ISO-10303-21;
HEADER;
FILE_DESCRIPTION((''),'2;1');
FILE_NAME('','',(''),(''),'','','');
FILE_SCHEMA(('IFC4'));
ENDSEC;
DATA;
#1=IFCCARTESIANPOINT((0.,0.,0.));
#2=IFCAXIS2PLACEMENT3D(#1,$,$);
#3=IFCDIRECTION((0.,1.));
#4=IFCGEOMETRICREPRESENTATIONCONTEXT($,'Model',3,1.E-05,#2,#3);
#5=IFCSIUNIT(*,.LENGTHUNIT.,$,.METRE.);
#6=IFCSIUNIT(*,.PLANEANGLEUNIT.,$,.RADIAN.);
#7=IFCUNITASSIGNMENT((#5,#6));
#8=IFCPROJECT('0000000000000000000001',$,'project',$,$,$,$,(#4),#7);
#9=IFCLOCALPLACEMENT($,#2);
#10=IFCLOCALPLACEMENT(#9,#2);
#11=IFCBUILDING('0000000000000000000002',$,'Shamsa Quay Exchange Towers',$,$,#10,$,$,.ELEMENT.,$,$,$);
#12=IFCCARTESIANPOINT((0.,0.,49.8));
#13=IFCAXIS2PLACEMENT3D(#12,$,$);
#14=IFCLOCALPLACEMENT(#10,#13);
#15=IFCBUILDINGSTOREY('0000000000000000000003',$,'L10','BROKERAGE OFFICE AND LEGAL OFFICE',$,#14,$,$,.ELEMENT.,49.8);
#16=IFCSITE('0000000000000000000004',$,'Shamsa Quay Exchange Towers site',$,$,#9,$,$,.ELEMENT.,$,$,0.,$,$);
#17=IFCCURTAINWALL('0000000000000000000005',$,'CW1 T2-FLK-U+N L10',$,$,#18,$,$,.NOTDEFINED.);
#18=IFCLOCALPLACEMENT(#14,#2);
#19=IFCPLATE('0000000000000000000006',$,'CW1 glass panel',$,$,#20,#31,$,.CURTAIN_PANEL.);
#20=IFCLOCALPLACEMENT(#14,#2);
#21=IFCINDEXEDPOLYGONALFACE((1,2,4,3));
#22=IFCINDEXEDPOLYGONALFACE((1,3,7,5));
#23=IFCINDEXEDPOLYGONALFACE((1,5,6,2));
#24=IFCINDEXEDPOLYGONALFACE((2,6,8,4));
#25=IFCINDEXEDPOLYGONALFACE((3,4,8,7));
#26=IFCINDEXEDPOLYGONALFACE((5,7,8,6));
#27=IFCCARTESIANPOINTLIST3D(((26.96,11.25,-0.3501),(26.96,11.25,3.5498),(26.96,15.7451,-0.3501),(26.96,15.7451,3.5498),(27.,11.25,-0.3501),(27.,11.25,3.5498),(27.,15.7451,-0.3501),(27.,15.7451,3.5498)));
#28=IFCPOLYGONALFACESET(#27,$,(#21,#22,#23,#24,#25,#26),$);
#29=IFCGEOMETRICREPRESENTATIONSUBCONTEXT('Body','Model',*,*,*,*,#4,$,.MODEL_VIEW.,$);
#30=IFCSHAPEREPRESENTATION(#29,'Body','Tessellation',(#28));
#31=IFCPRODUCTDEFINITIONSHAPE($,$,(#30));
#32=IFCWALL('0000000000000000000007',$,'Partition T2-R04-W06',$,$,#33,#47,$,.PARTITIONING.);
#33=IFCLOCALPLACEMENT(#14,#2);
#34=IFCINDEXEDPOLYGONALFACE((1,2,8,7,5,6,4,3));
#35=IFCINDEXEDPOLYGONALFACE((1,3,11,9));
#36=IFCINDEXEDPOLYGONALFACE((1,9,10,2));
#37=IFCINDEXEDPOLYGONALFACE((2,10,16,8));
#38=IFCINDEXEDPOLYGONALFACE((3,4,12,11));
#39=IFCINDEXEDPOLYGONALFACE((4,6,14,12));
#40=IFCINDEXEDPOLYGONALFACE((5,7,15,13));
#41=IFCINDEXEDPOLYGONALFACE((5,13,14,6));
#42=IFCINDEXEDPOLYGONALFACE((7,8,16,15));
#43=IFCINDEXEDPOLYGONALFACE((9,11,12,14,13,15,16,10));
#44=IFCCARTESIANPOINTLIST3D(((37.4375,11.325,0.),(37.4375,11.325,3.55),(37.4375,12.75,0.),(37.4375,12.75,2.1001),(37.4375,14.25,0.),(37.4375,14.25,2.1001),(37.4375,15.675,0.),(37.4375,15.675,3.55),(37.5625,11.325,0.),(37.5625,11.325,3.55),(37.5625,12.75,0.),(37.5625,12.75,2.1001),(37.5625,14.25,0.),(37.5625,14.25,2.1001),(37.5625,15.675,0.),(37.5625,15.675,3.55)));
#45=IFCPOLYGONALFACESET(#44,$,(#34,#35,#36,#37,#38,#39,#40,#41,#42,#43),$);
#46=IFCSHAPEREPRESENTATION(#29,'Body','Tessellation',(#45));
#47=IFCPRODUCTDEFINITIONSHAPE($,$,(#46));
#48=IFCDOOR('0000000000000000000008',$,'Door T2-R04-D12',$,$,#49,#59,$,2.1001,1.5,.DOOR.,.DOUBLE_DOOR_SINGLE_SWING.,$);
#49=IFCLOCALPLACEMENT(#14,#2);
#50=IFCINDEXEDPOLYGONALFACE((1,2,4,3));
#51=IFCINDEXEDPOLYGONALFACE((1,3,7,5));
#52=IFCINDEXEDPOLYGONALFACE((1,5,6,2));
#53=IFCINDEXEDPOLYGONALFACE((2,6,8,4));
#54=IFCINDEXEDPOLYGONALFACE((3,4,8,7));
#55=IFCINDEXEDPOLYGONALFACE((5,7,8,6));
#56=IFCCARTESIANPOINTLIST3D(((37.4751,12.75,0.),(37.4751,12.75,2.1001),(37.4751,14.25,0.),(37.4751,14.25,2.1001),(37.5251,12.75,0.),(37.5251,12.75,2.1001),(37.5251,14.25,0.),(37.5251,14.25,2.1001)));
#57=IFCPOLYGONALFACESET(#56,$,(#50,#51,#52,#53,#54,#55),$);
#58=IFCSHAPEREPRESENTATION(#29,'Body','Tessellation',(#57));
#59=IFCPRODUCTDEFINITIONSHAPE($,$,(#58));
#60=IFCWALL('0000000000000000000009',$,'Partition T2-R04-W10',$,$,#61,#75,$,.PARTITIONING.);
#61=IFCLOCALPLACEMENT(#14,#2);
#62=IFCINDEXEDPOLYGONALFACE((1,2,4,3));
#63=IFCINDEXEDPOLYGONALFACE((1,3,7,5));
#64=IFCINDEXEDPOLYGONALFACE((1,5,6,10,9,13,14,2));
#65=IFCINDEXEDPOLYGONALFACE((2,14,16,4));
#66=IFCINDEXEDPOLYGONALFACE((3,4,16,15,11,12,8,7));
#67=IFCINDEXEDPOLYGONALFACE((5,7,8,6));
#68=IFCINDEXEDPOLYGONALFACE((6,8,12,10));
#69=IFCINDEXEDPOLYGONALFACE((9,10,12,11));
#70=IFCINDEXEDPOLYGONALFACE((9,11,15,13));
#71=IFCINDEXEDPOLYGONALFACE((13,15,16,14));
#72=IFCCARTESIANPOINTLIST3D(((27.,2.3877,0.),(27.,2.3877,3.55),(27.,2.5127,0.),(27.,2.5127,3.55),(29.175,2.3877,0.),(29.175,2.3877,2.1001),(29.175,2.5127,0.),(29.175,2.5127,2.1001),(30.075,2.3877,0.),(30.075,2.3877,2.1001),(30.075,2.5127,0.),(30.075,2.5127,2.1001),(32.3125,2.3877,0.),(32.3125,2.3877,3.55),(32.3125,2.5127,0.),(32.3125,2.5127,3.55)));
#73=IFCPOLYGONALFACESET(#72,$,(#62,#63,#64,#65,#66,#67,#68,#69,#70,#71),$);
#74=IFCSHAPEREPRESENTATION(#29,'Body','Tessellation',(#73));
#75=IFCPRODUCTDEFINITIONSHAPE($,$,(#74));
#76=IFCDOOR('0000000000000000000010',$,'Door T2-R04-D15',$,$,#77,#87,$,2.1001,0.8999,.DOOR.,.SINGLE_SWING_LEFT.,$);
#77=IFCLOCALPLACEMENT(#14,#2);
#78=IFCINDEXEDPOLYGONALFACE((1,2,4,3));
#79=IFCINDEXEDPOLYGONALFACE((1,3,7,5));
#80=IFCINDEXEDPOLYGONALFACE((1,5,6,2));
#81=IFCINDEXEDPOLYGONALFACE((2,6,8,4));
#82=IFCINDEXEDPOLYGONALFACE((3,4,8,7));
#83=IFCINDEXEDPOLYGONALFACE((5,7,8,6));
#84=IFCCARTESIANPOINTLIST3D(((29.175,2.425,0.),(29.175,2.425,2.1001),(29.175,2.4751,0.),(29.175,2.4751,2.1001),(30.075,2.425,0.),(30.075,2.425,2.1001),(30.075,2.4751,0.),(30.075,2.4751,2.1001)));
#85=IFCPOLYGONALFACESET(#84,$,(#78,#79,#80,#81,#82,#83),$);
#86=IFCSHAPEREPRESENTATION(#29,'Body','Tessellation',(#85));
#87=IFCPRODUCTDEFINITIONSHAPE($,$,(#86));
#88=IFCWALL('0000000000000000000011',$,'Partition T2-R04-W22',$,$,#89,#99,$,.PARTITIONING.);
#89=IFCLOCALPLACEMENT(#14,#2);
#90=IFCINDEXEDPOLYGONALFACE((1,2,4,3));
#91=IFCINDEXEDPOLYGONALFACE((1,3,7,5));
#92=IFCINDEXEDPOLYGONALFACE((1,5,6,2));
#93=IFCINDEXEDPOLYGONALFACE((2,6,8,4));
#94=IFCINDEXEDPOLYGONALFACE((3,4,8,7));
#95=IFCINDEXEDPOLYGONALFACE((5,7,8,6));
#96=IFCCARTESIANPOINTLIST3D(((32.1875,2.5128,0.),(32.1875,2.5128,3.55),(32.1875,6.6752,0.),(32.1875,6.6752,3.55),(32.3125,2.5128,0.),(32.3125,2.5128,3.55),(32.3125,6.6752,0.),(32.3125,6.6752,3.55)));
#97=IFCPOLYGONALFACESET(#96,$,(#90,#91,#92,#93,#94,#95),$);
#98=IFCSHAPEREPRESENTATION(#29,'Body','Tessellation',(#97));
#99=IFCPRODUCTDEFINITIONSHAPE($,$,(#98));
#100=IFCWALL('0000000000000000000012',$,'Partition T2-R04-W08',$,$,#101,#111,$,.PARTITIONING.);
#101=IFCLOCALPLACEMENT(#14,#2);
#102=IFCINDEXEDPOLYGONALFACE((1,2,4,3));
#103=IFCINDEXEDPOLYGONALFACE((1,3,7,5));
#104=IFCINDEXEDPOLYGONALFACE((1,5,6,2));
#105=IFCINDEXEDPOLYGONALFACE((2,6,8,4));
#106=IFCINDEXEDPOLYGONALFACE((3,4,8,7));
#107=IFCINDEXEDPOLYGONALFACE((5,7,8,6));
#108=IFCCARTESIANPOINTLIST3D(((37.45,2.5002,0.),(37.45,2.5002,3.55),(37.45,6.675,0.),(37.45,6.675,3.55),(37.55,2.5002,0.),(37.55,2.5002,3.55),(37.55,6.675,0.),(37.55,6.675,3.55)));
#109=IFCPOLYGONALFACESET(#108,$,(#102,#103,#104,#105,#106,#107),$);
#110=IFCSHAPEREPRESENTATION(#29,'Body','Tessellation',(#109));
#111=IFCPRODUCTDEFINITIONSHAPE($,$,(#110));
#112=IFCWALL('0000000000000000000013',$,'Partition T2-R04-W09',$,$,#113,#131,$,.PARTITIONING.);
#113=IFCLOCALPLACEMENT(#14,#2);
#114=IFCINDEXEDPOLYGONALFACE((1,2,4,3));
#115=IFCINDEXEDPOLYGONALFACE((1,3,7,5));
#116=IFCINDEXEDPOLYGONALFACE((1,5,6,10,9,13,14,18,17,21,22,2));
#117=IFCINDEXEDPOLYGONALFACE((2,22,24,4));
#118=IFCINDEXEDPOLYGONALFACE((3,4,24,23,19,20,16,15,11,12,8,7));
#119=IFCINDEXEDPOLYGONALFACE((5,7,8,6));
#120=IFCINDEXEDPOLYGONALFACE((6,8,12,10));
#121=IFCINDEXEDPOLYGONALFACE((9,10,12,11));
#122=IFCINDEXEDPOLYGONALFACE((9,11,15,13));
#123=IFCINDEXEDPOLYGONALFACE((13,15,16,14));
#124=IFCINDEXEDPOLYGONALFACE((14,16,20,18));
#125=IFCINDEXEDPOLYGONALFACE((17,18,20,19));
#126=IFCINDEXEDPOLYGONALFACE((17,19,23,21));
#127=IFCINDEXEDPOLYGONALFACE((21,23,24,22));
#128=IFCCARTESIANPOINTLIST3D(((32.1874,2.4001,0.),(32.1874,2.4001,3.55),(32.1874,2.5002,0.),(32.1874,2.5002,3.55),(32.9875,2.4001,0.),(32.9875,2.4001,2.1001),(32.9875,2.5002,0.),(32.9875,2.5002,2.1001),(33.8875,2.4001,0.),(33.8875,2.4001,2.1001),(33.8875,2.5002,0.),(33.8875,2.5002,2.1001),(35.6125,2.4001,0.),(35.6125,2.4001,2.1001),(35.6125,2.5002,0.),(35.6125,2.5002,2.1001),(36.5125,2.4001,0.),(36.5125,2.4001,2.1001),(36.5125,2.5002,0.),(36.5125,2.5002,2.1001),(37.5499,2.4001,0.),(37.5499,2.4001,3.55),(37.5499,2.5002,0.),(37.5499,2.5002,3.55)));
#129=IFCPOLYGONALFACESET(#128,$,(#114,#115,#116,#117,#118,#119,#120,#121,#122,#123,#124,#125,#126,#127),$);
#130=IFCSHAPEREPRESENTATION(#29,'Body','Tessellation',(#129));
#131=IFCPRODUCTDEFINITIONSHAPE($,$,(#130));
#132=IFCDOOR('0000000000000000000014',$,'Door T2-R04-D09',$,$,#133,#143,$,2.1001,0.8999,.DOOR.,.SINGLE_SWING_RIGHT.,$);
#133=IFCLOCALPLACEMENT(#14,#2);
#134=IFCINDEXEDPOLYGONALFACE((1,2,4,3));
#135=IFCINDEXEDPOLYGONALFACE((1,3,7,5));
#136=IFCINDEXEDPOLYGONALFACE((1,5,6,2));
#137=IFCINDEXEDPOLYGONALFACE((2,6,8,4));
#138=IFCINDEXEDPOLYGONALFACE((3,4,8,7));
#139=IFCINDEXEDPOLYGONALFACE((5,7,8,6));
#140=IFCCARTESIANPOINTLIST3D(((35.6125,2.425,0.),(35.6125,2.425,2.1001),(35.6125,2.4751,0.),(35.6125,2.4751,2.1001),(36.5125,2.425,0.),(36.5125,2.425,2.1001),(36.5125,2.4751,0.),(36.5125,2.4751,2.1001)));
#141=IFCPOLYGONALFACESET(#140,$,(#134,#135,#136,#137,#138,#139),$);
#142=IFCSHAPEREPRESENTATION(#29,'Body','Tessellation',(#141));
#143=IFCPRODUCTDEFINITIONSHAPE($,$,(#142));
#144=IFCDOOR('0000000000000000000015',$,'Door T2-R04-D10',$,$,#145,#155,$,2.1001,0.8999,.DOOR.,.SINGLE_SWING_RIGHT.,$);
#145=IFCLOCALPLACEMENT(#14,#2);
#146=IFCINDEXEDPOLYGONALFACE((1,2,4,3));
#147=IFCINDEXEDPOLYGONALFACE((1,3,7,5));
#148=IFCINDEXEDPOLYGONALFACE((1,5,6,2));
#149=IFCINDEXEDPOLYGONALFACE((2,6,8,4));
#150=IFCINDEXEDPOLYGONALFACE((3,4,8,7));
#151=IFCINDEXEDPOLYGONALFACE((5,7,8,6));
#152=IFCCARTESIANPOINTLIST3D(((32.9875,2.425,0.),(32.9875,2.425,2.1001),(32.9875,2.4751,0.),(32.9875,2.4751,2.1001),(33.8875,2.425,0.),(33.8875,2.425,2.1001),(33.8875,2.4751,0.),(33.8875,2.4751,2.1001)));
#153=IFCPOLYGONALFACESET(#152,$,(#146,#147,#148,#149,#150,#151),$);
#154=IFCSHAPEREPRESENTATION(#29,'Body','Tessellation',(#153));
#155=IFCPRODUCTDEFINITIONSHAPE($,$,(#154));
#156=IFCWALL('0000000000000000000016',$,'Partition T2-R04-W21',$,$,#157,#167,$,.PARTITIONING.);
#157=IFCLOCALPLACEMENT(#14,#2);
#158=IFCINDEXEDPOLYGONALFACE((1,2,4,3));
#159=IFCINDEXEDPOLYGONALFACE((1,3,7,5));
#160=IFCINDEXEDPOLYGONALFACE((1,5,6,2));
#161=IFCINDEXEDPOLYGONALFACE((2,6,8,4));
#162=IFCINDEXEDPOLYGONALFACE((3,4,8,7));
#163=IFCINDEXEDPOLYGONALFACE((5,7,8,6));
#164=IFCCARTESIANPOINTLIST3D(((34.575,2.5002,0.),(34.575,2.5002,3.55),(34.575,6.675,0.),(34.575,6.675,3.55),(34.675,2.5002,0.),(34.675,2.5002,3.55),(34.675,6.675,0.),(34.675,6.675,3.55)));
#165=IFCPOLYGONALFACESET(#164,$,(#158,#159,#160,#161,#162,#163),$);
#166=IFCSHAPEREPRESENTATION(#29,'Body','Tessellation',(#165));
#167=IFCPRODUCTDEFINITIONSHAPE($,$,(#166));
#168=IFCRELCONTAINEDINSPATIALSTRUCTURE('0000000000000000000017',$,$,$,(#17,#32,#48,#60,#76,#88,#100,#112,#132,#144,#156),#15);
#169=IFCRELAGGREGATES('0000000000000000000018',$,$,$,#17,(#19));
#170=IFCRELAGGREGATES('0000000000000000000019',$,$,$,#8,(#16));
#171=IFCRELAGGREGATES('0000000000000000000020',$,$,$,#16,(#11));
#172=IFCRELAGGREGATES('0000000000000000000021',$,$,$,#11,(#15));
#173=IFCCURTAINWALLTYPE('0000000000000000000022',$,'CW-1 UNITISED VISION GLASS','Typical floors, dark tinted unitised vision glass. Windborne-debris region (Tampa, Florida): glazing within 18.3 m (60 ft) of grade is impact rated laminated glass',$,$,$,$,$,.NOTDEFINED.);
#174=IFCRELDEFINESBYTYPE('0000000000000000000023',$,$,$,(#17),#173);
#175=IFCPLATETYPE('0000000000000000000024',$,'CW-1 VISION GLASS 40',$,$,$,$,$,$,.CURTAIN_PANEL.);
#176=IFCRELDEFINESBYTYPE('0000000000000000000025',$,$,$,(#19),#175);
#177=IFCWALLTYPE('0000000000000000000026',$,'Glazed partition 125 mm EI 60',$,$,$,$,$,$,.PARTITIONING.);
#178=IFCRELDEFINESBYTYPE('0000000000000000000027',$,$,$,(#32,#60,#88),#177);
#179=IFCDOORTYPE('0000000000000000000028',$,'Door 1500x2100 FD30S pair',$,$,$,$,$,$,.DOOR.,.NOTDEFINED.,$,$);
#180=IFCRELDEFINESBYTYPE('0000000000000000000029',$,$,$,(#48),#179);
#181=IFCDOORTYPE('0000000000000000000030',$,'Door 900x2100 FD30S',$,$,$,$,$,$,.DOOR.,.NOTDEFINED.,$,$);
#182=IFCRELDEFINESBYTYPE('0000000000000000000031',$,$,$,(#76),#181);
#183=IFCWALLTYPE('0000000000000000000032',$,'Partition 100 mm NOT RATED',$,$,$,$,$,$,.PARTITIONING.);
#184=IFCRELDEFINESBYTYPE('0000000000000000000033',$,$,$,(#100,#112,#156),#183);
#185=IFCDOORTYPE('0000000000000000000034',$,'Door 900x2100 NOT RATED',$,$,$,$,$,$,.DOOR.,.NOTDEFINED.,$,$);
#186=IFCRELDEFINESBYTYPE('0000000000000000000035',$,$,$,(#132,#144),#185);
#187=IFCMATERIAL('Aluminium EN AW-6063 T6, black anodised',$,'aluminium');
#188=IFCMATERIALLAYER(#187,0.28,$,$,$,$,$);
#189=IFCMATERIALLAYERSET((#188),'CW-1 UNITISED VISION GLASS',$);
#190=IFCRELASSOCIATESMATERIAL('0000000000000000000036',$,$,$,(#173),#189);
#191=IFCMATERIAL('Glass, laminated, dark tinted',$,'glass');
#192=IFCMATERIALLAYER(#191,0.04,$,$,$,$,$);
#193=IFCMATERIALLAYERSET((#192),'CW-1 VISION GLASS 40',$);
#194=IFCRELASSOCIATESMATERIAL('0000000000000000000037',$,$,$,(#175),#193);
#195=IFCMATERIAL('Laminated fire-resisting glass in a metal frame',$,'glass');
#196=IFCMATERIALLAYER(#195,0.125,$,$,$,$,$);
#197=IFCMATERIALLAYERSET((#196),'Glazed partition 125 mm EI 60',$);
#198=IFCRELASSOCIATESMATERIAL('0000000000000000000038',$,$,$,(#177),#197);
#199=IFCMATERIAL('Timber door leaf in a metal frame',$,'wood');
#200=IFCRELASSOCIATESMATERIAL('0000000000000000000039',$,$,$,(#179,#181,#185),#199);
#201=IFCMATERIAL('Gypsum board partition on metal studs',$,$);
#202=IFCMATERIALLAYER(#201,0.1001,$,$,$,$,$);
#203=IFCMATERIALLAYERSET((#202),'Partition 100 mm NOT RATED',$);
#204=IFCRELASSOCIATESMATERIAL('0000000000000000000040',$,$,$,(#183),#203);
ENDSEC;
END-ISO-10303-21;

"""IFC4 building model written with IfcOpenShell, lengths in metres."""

from ifc_helpers import new_model, si_unit, direction, frame, frame_2d, origin, origin_2d, place, context, subcontext, project, spatial, rectangle, extrude, material, layer, layer_set, type_object, element, fill, aggregate, save


model = new_model("IFC4")

# Units and contexts
model_context = context("Model", 3, precision=1e-05, world=origin(), true_north=direction((0.0, 1.0)))
body_context = subcontext(model_context, "Body", "Model", "MODEL_VIEW")
ifc_project = project(units=[si_unit("LENGTHUNIT", "METRE"), si_unit("PLANEANGLEUNIT", "RADIAN")], contexts=[model_context])

# Site, building, storey
site_placement = place(None, origin())
site = spatial("IfcSite", under=ifc_project, at=site_placement, Name="Shamsa Quay Exchange Towers site", CompositionType="ELEMENT", RefElevation=0.0)
building_placement = place(site_placement, origin())
building = spatial("IfcBuilding", under=site, at=building_placement, Name="Shamsa Quay Exchange Towers", CompositionType="ELEMENT")
storey_placement = place(building_placement, frame((0.0, 0.0, 49.8)))
storey = spatial("IfcBuildingStorey", under=building, at=storey_placement, Name="L10", Description="BROKERAGE OFFICE AND LEGAL OFFICE", CompositionType="ELEMENT", Elevation=49.8)

# Curtain wall
ifc_material_1 = material(Name="Aluminium EN AW-6063 T6, black anodised", Category="aluminium")
ifc_layer_1 = layer(ifc_material_1, 0.28)
ifc_layer_set_1 = layer_set([ifc_layer_1], Name="CW-1 UNITISED VISION GLASS")
curtain_wall_type = type_object("IfcCurtainWallType", Name="CW-1 UNITISED VISION GLASS", Description="Typical floors, dark tinted unitised vision glass. Windborne-debris region (Tampa, Florida): glazing within 18.3 m (60 ft) of grade is impact rated laminated glass", PredefinedType="NOTDEFINED", material=ifc_layer_set_1)
curtain_wall_1_placement = place(storey_placement, origin())
curtain_wall_1 = element("IfcCurtainWall", 1, at=curtain_wall_1_placement, inside=storey, type_object=curtain_wall_type, Name="CW1 T2-FLK-U+N L10", PredefinedType="NOTDEFINED")

# Plate
ifc_material_2 = material(Name="Glass, laminated, dark tinted", Category="glass")
ifc_layer_2 = layer(ifc_material_2, 0.04)
ifc_layer_set_2 = layer_set([ifc_layer_2], Name="CW-1 VISION GLASS 40")
plate_type = type_object("IfcPlateType", Name="CW-1 VISION GLASS 40", PredefinedType="CURTAIN_PANEL", material=ifc_layer_set_2)
plate_1_placement = place(storey_placement, frame((26.98, 13.4976, -0.3501), z_axis=(0.0, 0.0, 1.0), x_axis=(0.0, -1.0, 0.0)))
plate_1 = element("IfcPlate", 2, at=plate_1_placement, type_object=plate_type, Name="CW1 glass panel", PredefinedType="CURTAIN_PANEL", context=body_context, shape_type="SweptSolid", body=[
    extrude(rectangle(XDim=4.4951, YDim=0.04, at=origin_2d()), origin(), (0.0, 0.0, 1.0), 3.8999),
])
aggregate(curtain_wall_1, [plate_1])

# Walls, openings, doors
ifc_material_3 = material(Name="Laminated fire-resisting glass in a metal frame", Category="glass")
ifc_layer_3 = layer(ifc_material_3, 0.125)
ifc_layer_set_3 = layer_set([ifc_layer_3], Name="Glazed partition 125 mm EI 60")
wall_type_1 = type_object("IfcWallType", Name="Glazed partition 125 mm EI 60", PredefinedType="PARTITIONING", material=ifc_layer_set_3)
wall_1_placement = place(storey_placement, frame((37.5, 11.325, 0.0), z_axis=(0.0, 0.0, 1.0), x_axis=(0.0, 1.0, 0.0)))
wall_1 = element("IfcWall", 3, at=wall_1_placement, inside=storey, type_object=wall_type_1, Name="Partition T2-R04-W06", PredefinedType="PARTITIONING", context=body_context, shape_type="SweptSolid", body=[
    extrude(rectangle(XDim=4.3501, YDim=0.125, at=frame_2d((2.175, 0.0))), origin(), (0.0, 0.0, 1.0), 3.55),
])
opening_1_placement = place(wall_1_placement, frame((1.425, 0.0, 0.0)))
opening_1 = element("IfcOpeningElement", 4, at=opening_1_placement, cuts=wall_1, PredefinedType="OPENING", context=body_context, shape_type="SweptSolid", body=[
    extrude(rectangle(XDim=1.5, YDim=2.1001, at=frame_2d((0.75, 1.05))), frame((0.0, 0.0725, 0.0), z_axis=(0.0, -1.0, 0.0), x_axis=(1.0, 0.0, 0.0)), (0.0, 0.0, 1.0), 0.145),
])
ifc_material_4 = material(Name="Timber door leaf in a metal frame", Category="wood")
door_type_1 = type_object("IfcDoorType", Name="Door 1500x2100 FD30S pair", OperationType="NOTDEFINED", PredefinedType="DOOR", material=ifc_material_4)
door_1_placement = place(opening_1_placement, origin())
door_1 = element("IfcDoor", 5, at=door_1_placement, inside=storey, type_object=door_type_1, Name="Door T2-R04-D12", OperationType="DOUBLE_DOOR_SINGLE_SWING", OverallHeight=2.1001, OverallWidth=1.5, PredefinedType="DOOR", context=body_context, shape_type="SweptSolid", body=[
    extrude(rectangle(XDim=1.5, YDim=2.1001, at=frame_2d((0.75, 1.05))), frame((0.0, 0.0249, 0.0), z_axis=(0.0, -1.0, 0.0), x_axis=(1.0, 0.0, 0.0)), (0.0, 0.0, 1.0), 0.05),
])
fill(opening_1, door_1)
wall_2_placement = place(storey_placement, frame((27.0, 2.4502, 0.0)))
wall_2 = element("IfcWall", 6, at=wall_2_placement, inside=storey, type_object=wall_type_1, Name="Partition T2-R04-W10", PredefinedType="PARTITIONING", context=body_context, shape_type="SweptSolid", body=[
    extrude(rectangle(XDim=5.3125, YDim=0.125, at=frame_2d((2.6562, 0.0))), origin(), (0.0, 0.0, 1.0), 3.55),
])
opening_2_placement = place(wall_2_placement, frame((2.175, 0.0, 0.0)))
opening_2 = element("IfcOpeningElement", 7, at=opening_2_placement, cuts=wall_2, PredefinedType="OPENING", context=body_context, shape_type="SweptSolid", body=[
    extrude(rectangle(XDim=0.8999, YDim=2.1001, at=frame_2d((0.45, 1.05))), frame((0.0, 0.0725, 0.0), z_axis=(0.0, -1.0, 0.0), x_axis=(1.0, 0.0, 0.0)), (0.0, 0.0, 1.0), 0.145),
])
door_type_2 = type_object("IfcDoorType", Name="Door 900x2100 FD30S", OperationType="NOTDEFINED", PredefinedType="DOOR", material=ifc_material_4)
door_2_placement = place(opening_2_placement, origin())
door_2 = element("IfcDoor", 8, at=door_2_placement, inside=storey, type_object=door_type_2, Name="Door T2-R04-D15", OperationType="SINGLE_SWING_LEFT", OverallHeight=2.1001, OverallWidth=0.8999, PredefinedType="DOOR", context=body_context, shape_type="SweptSolid", body=[
    extrude(rectangle(XDim=0.8999, YDim=2.1001, at=frame_2d((0.45, 1.05))), frame((0.0, 0.0249, 0.0), z_axis=(0.0, -1.0, 0.0), x_axis=(1.0, 0.0, 0.0)), (0.0, 0.0, 1.0), 0.05),
])
fill(opening_2, door_2)

# Walls
wall_3_placement = place(storey_placement, frame((32.25, 6.675, 0.0), z_axis=(0.0, 0.0, 1.0), x_axis=(0.0, -1.0, 0.0)))
element("IfcWall", 9, at=wall_3_placement, inside=storey, type_object=wall_type_1, Name="Partition T2-R04-W22", PredefinedType="PARTITIONING", context=body_context, shape_type="SweptSolid", body=[
    extrude(rectangle(XDim=4.1624, YDim=0.125, at=frame_2d((2.0811, 0.0))), origin(), (0.0, 0.0, 1.0), 3.55),
])
ifc_material_5 = material(Name="Gypsum board partition on metal studs")
ifc_layer_4 = layer(ifc_material_5, 0.1001)
ifc_layer_set_4 = layer_set([ifc_layer_4], Name="Partition 100 mm NOT RATED")
wall_type_2 = type_object("IfcWallType", Name="Partition 100 mm NOT RATED", PredefinedType="PARTITIONING", material=ifc_layer_set_4)
wall_4_placement = place(storey_placement, frame((37.5, 2.5002, 0.0), z_axis=(0.0, 0.0, 1.0), x_axis=(0.0, 1.0, 0.0)))
element("IfcWall", 10, at=wall_4_placement, inside=storey, type_object=wall_type_2, Name="Partition T2-R04-W08", PredefinedType="PARTITIONING", context=body_context, shape_type="SweptSolid", body=[
    extrude(rectangle(XDim=4.1748, YDim=0.1001, at=frame_2d((2.0874, 0.0))), origin(), (0.0, 0.0, 1.0), 3.55),
])

# Wall, openings, doors
wall_5_placement = place(storey_placement, frame((32.1875, 2.4502, 0.0)))
wall_5 = element("IfcWall", 11, at=wall_5_placement, inside=storey, type_object=wall_type_2, Name="Partition T2-R04-W09", PredefinedType="PARTITIONING", context=body_context, shape_type="SweptSolid", body=[
    extrude(rectangle(XDim=5.3625, YDim=0.1001, at=frame_2d((2.6812, 0.0))), origin(), (0.0, 0.0, 1.0), 3.55),
])
opening_3_placement = place(wall_5_placement, frame((3.425, 0.0, 0.0)))
opening_3 = element("IfcOpeningElement", 12, at=opening_3_placement, cuts=wall_5, PredefinedType="OPENING", context=body_context, shape_type="SweptSolid", body=[
    extrude(rectangle(XDim=0.8999, YDim=2.1001, at=frame_2d((0.45, 1.05))), frame((0.0, 0.0601, 0.0), z_axis=(0.0, -1.0, 0.0), x_axis=(1.0, 0.0, 0.0)), (0.0, 0.0, 1.0), 0.1201),
])
opening_4_placement = place(wall_5_placement, frame((0.8, 0.0, 0.0)))
opening_4 = element("IfcOpeningElement", 13, at=opening_4_placement, cuts=wall_5, PredefinedType="OPENING", context=body_context, shape_type="SweptSolid", body=[
    extrude(rectangle(XDim=0.8999, YDim=2.1001, at=frame_2d((0.45, 1.05))), frame((0.0, 0.0601, 0.0), z_axis=(0.0, -1.0, 0.0), x_axis=(1.0, 0.0, 0.0)), (0.0, 0.0, 1.0), 0.1201),
])
door_type_3 = type_object("IfcDoorType", Name="Door 900x2100 NOT RATED", OperationType="NOTDEFINED", PredefinedType="DOOR", material=ifc_material_4)
door_3_placement = place(opening_3_placement, origin())
door_3 = element("IfcDoor", 14, at=door_3_placement, inside=storey, type_object=door_type_3, Name="Door T2-R04-D09", OperationType="SINGLE_SWING_RIGHT", OverallHeight=2.1001, OverallWidth=0.8999, PredefinedType="DOOR", context=body_context, shape_type="SweptSolid", body=[
    extrude(rectangle(XDim=0.8999, YDim=2.1001, at=frame_2d((0.45, 1.05))), frame((0.0, 0.0249, 0.0), z_axis=(0.0, -1.0, 0.0), x_axis=(1.0, 0.0, 0.0)), (0.0, 0.0, 1.0), 0.05),
])
fill(opening_3, door_3)
door_4_placement = place(opening_4_placement, origin())
door_4 = element("IfcDoor", 15, at=door_4_placement, inside=storey, type_object=door_type_3, Name="Door T2-R04-D10", OperationType="SINGLE_SWING_RIGHT", OverallHeight=2.1001, OverallWidth=0.8999, PredefinedType="DOOR", context=body_context, shape_type="SweptSolid", body=[
    extrude(rectangle(XDim=0.8999, YDim=2.1001, at=frame_2d((0.45, 1.05))), frame((0.0, 0.0249, 0.0), z_axis=(0.0, -1.0, 0.0), x_axis=(1.0, 0.0, 0.0)), (0.0, 0.0, 1.0), 0.05),
])
fill(opening_4, door_4)

# Wall
wall_6_placement = place(storey_placement, frame((34.625, 6.675, 0.0), z_axis=(0.0, 0.0, 1.0), x_axis=(0.0, -1.0, 0.0)))
element("IfcWall", 16, at=wall_6_placement, inside=storey, type_object=wall_type_2, Name="Partition T2-R04-W21", PredefinedType="PARTITIONING", context=body_context, shape_type="SweptSolid", body=[
    extrude(rectangle(XDim=4.1748, YDim=0.1001, at=frame_2d((2.0874, 0.0))), origin(), (0.0, 0.0, 1.0), 3.55),
])

save(model, "model.ifc")
